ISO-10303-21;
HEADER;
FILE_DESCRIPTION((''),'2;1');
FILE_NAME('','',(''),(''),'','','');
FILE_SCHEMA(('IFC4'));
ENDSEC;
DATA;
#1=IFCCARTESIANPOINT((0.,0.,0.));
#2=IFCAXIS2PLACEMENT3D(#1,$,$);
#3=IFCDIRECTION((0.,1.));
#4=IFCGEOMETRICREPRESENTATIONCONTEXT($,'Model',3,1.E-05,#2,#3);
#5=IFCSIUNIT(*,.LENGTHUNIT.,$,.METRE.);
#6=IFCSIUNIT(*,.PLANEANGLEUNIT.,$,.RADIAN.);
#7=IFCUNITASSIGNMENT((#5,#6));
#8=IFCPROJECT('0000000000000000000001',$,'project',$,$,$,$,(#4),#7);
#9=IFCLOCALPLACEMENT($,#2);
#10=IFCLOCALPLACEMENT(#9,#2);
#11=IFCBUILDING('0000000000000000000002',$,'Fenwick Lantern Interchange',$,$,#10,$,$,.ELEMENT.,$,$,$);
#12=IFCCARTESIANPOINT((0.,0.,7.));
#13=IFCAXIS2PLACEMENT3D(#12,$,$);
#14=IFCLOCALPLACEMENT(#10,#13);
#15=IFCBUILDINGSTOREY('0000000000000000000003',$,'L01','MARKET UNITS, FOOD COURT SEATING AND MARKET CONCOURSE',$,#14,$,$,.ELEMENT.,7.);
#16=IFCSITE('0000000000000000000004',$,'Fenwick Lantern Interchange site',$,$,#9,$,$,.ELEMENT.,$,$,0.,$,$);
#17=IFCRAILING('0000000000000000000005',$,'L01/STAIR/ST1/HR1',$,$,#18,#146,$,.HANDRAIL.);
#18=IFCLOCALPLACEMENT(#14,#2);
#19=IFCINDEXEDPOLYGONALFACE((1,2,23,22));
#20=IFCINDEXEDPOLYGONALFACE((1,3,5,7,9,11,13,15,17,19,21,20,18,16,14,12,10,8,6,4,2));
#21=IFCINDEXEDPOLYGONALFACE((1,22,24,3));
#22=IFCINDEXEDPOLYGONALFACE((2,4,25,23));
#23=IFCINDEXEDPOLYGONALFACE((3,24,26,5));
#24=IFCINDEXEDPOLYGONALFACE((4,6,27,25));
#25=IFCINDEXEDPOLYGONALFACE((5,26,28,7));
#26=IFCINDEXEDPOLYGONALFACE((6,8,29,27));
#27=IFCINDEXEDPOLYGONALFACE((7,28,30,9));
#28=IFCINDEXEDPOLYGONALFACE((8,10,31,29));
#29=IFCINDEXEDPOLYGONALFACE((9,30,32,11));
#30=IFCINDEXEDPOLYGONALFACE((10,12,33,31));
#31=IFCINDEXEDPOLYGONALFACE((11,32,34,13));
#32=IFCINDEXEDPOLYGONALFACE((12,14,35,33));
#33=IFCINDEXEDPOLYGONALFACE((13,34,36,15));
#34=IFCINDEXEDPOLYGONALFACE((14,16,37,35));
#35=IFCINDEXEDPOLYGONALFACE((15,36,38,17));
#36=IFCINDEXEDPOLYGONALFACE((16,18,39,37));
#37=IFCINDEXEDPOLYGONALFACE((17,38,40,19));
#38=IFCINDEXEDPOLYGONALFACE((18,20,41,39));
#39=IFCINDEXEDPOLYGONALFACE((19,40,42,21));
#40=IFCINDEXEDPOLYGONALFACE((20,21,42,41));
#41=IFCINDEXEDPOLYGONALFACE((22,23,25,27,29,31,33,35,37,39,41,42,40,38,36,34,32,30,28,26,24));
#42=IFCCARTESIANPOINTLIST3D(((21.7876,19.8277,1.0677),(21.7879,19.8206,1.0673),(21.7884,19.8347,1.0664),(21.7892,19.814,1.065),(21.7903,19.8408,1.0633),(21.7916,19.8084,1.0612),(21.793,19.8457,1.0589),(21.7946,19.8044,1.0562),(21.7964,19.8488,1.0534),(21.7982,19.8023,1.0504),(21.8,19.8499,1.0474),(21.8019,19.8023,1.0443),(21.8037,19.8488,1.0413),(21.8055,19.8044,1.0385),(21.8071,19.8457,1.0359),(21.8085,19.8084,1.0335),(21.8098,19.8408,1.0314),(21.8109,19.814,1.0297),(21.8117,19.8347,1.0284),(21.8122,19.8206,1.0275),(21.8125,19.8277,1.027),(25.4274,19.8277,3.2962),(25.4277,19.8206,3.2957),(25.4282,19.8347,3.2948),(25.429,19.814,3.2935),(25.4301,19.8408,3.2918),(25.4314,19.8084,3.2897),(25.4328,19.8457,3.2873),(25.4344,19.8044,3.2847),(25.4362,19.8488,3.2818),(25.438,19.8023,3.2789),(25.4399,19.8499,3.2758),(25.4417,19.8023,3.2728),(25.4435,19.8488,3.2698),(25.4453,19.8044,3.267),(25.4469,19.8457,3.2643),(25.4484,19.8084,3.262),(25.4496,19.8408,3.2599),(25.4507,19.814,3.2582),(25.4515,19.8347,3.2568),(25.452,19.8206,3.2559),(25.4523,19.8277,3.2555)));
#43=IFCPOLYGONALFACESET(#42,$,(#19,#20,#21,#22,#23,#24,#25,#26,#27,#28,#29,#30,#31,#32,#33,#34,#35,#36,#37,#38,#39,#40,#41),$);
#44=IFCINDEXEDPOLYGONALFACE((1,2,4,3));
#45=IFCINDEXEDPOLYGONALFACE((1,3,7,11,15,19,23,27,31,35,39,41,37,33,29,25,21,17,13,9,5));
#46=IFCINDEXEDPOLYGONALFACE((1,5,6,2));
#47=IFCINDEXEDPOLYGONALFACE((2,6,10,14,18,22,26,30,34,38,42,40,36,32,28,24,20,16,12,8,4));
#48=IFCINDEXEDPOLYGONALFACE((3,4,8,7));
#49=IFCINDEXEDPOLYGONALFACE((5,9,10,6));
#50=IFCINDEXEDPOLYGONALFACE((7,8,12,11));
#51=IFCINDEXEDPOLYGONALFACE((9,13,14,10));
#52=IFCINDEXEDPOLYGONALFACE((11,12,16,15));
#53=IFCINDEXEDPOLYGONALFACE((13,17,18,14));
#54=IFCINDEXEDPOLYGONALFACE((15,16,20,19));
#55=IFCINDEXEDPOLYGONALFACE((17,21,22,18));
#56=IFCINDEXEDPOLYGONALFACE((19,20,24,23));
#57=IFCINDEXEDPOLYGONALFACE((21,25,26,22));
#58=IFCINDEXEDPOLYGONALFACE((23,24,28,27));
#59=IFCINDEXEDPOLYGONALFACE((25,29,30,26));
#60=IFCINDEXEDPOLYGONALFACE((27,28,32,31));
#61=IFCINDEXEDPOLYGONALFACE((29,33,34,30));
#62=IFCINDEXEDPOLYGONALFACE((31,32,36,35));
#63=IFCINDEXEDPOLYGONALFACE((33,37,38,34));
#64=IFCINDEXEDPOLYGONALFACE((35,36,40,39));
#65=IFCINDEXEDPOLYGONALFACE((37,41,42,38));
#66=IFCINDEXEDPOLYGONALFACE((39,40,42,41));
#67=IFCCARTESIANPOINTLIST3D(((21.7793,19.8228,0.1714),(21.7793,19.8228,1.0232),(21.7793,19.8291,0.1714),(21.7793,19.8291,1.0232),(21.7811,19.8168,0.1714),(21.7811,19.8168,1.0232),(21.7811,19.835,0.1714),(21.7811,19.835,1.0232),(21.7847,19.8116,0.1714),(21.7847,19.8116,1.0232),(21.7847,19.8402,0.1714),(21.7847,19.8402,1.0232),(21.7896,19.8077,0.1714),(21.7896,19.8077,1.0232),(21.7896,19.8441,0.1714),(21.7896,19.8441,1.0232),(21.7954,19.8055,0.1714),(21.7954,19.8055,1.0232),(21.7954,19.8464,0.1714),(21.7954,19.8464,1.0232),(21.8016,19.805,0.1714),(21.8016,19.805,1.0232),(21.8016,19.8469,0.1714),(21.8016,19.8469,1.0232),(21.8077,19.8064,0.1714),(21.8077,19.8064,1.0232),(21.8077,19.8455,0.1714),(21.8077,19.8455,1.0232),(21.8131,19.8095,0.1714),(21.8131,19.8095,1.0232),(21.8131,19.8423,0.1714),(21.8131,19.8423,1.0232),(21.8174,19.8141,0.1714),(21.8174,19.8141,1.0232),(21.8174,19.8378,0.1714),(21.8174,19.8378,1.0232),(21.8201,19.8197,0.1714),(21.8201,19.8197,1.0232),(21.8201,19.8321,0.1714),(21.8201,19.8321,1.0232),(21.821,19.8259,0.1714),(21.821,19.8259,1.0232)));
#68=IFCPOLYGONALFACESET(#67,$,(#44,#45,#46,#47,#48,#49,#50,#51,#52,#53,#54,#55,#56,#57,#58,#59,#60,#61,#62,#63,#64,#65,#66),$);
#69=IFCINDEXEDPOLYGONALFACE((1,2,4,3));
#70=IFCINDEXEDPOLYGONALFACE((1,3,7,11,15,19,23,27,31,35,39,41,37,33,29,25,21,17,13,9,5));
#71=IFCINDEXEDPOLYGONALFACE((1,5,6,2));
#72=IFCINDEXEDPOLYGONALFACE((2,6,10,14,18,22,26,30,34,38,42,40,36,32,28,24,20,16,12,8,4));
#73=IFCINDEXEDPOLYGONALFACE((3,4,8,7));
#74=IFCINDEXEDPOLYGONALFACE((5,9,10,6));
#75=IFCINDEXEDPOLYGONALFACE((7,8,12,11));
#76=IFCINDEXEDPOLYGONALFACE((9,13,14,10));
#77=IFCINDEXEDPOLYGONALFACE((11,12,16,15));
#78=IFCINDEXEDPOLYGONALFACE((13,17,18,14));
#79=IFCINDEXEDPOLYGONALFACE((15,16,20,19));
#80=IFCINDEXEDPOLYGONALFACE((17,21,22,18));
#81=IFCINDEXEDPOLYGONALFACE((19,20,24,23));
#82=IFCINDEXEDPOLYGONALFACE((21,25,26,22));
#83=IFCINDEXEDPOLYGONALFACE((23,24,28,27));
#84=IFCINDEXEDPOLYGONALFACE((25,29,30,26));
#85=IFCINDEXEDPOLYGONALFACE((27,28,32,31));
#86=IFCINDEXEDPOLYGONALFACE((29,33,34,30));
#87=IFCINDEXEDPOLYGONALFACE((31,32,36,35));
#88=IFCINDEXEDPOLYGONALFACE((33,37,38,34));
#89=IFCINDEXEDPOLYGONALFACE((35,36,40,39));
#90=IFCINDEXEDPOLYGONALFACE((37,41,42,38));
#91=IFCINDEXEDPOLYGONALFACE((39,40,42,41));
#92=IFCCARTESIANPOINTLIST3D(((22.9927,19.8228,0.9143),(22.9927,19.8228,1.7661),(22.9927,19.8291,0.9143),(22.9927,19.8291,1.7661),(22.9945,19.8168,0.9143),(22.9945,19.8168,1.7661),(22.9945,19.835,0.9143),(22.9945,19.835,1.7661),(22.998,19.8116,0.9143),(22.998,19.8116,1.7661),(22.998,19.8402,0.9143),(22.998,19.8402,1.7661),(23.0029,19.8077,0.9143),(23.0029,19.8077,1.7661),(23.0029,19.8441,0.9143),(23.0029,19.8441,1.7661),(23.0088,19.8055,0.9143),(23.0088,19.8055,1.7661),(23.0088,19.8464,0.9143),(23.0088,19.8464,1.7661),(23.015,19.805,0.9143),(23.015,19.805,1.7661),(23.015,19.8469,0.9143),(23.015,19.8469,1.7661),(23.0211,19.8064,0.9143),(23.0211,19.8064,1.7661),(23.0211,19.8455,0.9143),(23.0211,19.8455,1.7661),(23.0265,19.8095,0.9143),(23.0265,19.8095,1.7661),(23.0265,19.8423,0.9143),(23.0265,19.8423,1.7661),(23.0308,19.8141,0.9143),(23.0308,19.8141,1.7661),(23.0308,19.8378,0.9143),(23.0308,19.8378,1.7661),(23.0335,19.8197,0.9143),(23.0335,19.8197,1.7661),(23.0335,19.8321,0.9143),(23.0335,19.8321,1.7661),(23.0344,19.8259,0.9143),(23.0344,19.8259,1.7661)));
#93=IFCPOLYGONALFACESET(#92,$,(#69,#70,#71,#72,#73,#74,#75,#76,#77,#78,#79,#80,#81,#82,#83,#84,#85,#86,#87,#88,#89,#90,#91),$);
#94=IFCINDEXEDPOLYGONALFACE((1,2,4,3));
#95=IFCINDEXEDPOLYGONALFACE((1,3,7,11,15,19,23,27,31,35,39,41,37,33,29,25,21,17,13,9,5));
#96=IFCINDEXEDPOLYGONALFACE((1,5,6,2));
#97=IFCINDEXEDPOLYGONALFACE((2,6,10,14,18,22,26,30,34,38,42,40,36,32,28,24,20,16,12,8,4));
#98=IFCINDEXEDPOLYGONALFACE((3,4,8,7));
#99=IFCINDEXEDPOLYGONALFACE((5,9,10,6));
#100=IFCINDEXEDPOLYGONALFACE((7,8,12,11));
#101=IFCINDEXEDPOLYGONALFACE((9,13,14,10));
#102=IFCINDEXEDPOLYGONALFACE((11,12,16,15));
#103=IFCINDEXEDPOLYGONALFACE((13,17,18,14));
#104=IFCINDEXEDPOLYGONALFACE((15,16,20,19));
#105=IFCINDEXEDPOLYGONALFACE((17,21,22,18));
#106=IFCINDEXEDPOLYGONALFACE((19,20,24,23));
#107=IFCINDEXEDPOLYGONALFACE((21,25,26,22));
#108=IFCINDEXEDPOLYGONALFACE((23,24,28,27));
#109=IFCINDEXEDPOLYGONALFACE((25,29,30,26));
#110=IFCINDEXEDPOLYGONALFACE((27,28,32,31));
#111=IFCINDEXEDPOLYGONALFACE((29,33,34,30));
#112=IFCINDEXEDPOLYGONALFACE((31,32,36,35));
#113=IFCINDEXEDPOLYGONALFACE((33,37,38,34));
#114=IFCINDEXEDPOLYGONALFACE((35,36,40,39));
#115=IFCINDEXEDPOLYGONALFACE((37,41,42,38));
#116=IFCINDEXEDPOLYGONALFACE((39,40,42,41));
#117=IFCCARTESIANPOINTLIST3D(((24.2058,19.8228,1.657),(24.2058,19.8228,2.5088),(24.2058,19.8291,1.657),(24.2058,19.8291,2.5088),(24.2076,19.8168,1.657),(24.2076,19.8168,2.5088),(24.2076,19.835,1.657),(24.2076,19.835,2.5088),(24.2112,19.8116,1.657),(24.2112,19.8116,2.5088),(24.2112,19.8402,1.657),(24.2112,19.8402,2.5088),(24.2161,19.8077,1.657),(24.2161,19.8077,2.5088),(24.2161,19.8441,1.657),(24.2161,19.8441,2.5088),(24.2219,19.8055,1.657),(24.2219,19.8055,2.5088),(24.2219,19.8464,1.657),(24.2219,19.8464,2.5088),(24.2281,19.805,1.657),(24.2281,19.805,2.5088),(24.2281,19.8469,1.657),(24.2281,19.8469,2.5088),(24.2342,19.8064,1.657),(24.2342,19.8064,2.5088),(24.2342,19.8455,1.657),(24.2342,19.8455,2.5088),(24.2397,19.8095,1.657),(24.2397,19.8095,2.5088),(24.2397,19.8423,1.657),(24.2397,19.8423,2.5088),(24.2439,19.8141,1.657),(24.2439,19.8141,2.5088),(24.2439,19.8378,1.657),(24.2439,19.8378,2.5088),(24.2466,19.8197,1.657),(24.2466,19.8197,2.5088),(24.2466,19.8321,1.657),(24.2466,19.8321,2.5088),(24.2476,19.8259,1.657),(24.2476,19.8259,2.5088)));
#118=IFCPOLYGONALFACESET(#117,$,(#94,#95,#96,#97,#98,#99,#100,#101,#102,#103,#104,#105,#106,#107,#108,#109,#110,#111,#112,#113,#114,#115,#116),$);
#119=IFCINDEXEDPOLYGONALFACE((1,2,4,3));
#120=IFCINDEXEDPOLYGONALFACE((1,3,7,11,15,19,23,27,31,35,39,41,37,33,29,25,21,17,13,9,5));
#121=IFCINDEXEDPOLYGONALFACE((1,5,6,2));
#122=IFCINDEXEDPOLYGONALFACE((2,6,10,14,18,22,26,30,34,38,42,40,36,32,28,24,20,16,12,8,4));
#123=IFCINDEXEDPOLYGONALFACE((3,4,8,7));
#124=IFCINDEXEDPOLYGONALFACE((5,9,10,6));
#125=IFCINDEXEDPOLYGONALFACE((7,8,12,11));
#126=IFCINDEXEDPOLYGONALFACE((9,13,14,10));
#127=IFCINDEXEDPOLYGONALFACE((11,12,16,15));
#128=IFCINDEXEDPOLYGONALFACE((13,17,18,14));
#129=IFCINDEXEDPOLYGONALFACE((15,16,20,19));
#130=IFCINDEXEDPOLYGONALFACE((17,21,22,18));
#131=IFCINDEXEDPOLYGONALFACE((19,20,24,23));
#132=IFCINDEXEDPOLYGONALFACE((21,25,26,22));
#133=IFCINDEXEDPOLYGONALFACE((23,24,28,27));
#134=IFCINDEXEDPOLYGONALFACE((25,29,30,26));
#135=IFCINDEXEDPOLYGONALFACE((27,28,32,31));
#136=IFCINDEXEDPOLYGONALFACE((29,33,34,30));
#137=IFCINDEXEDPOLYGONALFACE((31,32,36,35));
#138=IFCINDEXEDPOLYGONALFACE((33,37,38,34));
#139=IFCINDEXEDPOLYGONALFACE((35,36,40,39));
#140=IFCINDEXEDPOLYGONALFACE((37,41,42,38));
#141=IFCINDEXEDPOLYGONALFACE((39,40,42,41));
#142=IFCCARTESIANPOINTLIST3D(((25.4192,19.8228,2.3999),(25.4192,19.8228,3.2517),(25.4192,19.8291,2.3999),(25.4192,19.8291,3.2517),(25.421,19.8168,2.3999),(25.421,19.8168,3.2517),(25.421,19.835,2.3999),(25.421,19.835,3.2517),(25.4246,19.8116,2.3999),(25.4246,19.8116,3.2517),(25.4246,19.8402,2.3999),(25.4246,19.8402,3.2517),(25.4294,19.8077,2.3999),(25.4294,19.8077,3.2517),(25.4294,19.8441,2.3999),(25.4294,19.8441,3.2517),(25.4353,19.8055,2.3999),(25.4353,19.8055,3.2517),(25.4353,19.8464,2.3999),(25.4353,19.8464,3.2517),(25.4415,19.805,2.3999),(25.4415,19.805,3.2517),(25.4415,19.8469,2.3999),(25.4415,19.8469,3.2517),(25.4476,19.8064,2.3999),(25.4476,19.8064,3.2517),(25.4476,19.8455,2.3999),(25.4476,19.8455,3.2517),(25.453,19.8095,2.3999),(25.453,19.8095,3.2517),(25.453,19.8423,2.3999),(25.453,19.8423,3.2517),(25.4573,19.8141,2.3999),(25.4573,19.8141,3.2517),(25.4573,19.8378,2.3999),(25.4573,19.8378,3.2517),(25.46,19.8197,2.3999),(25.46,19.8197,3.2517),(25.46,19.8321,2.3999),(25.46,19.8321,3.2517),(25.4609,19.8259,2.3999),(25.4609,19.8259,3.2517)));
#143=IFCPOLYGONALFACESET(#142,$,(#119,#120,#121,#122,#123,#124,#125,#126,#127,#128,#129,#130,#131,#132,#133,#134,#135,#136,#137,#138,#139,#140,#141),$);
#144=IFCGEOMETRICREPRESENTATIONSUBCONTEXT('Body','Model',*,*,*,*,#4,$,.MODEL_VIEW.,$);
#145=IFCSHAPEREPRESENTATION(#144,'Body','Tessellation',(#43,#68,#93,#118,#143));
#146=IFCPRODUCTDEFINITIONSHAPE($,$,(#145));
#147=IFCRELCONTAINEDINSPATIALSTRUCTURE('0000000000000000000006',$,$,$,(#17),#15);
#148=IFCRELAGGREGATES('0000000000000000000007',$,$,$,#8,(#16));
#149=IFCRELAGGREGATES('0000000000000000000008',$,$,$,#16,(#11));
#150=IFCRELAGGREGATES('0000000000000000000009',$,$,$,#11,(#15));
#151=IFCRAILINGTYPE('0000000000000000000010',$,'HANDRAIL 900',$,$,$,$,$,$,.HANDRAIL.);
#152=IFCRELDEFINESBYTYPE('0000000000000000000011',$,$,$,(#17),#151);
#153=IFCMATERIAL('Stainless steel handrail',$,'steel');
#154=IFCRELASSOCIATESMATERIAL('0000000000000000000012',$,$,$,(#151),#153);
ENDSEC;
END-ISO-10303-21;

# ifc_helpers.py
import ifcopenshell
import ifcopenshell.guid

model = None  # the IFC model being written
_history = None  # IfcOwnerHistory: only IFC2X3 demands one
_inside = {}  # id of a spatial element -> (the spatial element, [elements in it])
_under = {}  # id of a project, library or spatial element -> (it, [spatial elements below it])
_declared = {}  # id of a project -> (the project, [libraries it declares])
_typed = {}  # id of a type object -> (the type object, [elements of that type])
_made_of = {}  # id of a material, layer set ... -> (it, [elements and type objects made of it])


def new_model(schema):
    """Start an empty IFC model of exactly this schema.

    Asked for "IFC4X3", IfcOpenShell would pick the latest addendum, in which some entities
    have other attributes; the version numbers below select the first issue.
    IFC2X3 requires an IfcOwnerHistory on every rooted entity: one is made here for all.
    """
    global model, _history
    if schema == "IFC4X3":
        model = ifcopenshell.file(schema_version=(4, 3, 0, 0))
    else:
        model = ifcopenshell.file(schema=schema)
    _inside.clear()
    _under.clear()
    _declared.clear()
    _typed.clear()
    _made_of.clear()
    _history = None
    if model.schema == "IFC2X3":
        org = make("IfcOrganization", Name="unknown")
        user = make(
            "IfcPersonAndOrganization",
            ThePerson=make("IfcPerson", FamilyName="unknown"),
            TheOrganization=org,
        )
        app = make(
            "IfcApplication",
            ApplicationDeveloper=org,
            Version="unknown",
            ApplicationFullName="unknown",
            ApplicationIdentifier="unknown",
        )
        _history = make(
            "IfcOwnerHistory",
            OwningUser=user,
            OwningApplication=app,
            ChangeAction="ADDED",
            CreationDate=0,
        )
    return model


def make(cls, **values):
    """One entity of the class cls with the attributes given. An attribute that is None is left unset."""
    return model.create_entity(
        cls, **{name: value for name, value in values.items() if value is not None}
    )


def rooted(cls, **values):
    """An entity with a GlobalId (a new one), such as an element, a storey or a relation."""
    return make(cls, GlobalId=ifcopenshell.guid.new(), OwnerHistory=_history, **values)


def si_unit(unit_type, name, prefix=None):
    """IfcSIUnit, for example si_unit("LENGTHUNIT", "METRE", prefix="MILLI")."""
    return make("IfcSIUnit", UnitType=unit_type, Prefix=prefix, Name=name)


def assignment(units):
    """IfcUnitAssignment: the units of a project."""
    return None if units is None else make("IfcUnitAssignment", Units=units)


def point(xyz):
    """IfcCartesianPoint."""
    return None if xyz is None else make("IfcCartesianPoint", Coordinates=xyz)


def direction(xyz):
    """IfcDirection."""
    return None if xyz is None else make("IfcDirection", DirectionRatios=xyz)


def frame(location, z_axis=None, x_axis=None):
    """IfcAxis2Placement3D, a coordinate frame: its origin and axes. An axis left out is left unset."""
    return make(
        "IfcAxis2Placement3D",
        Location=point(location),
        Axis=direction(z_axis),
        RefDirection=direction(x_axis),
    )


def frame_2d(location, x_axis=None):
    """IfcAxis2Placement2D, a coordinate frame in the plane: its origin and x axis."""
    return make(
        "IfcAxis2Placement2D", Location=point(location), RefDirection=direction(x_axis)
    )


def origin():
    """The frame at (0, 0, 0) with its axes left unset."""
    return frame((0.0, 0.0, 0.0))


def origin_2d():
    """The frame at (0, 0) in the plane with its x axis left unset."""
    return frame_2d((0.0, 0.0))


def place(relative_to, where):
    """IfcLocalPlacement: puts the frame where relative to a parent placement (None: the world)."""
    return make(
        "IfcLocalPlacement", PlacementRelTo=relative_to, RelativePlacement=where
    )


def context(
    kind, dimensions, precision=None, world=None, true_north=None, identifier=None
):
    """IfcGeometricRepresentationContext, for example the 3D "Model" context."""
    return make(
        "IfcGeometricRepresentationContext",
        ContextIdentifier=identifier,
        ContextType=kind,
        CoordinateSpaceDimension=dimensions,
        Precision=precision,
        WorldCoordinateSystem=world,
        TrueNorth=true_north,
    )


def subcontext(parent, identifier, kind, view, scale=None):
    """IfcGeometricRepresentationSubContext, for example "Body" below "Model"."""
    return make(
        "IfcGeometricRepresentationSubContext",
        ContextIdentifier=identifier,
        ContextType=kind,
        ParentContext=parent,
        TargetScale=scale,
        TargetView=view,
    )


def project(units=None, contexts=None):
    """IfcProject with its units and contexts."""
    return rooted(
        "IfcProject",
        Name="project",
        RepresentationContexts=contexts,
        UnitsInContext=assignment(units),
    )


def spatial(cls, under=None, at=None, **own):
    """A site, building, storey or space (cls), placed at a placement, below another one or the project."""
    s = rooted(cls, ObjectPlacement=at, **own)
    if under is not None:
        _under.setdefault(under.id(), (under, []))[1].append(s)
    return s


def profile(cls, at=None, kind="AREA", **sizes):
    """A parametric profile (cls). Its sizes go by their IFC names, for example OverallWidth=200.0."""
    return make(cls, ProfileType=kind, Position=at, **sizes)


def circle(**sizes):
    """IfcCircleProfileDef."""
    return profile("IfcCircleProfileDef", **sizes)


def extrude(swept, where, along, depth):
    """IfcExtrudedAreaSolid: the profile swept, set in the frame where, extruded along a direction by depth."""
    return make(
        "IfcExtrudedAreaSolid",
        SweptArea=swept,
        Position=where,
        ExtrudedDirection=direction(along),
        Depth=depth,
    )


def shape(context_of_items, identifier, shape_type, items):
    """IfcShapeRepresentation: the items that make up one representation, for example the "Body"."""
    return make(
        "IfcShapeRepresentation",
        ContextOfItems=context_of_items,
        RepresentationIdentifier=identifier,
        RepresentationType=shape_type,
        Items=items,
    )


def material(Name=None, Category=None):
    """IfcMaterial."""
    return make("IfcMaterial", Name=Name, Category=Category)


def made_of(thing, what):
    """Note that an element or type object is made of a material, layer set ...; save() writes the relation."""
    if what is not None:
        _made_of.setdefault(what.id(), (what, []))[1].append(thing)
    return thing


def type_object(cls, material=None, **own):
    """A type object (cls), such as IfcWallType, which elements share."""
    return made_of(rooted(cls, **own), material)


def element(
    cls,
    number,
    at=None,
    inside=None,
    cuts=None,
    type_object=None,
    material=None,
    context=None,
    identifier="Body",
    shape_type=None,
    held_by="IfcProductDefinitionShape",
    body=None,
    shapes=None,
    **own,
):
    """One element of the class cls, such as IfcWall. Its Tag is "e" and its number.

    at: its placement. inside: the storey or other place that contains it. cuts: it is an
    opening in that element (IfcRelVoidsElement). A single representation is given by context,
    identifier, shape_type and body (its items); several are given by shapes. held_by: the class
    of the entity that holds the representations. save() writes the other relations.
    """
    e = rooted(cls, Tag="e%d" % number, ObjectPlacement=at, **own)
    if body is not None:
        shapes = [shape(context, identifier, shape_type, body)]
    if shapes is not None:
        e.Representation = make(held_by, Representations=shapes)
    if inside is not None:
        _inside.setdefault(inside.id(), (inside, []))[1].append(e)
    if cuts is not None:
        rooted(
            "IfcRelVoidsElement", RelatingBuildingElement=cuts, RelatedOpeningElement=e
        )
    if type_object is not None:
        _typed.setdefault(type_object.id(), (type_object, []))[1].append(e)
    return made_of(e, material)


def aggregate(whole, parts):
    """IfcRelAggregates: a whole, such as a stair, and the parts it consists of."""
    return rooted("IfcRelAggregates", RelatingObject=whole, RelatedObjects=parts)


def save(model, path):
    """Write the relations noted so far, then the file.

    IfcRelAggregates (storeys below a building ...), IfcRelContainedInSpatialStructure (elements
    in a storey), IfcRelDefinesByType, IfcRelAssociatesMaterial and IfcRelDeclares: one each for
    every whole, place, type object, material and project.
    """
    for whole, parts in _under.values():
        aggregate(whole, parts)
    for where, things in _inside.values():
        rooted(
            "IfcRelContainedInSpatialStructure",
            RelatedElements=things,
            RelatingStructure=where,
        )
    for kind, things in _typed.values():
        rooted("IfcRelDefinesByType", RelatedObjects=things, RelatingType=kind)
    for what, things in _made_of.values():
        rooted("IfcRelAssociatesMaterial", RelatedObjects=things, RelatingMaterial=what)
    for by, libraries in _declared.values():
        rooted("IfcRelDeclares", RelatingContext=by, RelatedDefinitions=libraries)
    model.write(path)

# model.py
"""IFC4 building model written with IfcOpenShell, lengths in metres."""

from ifc_helpers import new_model, si_unit, direction, frame, origin, origin_2d, place, context, subcontext, project, spatial, circle, extrude, material, type_object, element, save


model = new_model("IFC4")

# Units and contexts
model_context = context("Model", 3, precision=1e-05, world=origin(), true_north=direction((0.0, 1.0)))
body_context = subcontext(model_context, "Body", "Model", "MODEL_VIEW")
ifc_project = project(units=[si_unit("LENGTHUNIT", "METRE"), si_unit("PLANEANGLEUNIT", "RADIAN")], contexts=[model_context])

# Site, building, storey
site_placement = place(None, origin())
site = spatial("IfcSite", under=ifc_project, at=site_placement, Name="Fenwick Lantern Interchange site", CompositionType="ELEMENT", RefElevation=0.0)
building_placement = place(site_placement, origin())
building = spatial("IfcBuilding", under=site, at=building_placement, Name="Fenwick Lantern Interchange", CompositionType="ELEMENT")
storey_placement = place(building_placement, frame((0.0, 0.0, 7.0)))
storey = spatial("IfcBuildingStorey", under=building, at=storey_placement, Name="L01", Description="MARKET UNITS, FOOD COURT SEATING AND MARKET CONCOURSE", CompositionType="ELEMENT", Elevation=7.0)

# Railing
ifc_material_1 = material(Name="Stainless steel handrail", Category="steel")
railing_type = type_object("IfcRailingType", Name="HANDRAIL 900", PredefinedType="HANDRAIL", material=ifc_material_1)
railing_1_placement = place(storey_placement, frame((21.8, 19.8259, 0.1714)))
element("IfcRailing", 1, at=railing_1_placement, inside=storey, type_object=railing_type, Name="L01/STAIR/ST1/HR1", PredefinedType="HANDRAIL", context=body_context, shape_type="SweptSolid", body=[
    extrude(circle(Radius=0.0239, at=origin_2d()), frame((0.0, 0.0, 0.876), z_axis=(0.85285, 0.0, 0.522156), x_axis=(0.0, 1.0, 0.0)), (0.0, 0.0, 1.0), 4.2678),
    extrude(circle(Radius=0.021, at=origin_2d()), origin(), (0.0, 0.0, 1.0), 0.8518),
    extrude(circle(Radius=0.021, at=origin_2d()), frame((1.2134, 0.0, 0.7429)), (0.0, 0.0, 1.0), 0.8518),
    extrude(circle(Radius=0.021, at=origin_2d()), frame((2.4265, 0.0, 1.4856)), (0.0, 0.0, 1.0), 0.8518),
    extrude(circle(Radius=0.021, at=origin_2d()), frame((3.6399, 0.0, 2.2285)), (0.0, 0.0, 1.0), 0.8518),
])

save(model, "model.ifc")
